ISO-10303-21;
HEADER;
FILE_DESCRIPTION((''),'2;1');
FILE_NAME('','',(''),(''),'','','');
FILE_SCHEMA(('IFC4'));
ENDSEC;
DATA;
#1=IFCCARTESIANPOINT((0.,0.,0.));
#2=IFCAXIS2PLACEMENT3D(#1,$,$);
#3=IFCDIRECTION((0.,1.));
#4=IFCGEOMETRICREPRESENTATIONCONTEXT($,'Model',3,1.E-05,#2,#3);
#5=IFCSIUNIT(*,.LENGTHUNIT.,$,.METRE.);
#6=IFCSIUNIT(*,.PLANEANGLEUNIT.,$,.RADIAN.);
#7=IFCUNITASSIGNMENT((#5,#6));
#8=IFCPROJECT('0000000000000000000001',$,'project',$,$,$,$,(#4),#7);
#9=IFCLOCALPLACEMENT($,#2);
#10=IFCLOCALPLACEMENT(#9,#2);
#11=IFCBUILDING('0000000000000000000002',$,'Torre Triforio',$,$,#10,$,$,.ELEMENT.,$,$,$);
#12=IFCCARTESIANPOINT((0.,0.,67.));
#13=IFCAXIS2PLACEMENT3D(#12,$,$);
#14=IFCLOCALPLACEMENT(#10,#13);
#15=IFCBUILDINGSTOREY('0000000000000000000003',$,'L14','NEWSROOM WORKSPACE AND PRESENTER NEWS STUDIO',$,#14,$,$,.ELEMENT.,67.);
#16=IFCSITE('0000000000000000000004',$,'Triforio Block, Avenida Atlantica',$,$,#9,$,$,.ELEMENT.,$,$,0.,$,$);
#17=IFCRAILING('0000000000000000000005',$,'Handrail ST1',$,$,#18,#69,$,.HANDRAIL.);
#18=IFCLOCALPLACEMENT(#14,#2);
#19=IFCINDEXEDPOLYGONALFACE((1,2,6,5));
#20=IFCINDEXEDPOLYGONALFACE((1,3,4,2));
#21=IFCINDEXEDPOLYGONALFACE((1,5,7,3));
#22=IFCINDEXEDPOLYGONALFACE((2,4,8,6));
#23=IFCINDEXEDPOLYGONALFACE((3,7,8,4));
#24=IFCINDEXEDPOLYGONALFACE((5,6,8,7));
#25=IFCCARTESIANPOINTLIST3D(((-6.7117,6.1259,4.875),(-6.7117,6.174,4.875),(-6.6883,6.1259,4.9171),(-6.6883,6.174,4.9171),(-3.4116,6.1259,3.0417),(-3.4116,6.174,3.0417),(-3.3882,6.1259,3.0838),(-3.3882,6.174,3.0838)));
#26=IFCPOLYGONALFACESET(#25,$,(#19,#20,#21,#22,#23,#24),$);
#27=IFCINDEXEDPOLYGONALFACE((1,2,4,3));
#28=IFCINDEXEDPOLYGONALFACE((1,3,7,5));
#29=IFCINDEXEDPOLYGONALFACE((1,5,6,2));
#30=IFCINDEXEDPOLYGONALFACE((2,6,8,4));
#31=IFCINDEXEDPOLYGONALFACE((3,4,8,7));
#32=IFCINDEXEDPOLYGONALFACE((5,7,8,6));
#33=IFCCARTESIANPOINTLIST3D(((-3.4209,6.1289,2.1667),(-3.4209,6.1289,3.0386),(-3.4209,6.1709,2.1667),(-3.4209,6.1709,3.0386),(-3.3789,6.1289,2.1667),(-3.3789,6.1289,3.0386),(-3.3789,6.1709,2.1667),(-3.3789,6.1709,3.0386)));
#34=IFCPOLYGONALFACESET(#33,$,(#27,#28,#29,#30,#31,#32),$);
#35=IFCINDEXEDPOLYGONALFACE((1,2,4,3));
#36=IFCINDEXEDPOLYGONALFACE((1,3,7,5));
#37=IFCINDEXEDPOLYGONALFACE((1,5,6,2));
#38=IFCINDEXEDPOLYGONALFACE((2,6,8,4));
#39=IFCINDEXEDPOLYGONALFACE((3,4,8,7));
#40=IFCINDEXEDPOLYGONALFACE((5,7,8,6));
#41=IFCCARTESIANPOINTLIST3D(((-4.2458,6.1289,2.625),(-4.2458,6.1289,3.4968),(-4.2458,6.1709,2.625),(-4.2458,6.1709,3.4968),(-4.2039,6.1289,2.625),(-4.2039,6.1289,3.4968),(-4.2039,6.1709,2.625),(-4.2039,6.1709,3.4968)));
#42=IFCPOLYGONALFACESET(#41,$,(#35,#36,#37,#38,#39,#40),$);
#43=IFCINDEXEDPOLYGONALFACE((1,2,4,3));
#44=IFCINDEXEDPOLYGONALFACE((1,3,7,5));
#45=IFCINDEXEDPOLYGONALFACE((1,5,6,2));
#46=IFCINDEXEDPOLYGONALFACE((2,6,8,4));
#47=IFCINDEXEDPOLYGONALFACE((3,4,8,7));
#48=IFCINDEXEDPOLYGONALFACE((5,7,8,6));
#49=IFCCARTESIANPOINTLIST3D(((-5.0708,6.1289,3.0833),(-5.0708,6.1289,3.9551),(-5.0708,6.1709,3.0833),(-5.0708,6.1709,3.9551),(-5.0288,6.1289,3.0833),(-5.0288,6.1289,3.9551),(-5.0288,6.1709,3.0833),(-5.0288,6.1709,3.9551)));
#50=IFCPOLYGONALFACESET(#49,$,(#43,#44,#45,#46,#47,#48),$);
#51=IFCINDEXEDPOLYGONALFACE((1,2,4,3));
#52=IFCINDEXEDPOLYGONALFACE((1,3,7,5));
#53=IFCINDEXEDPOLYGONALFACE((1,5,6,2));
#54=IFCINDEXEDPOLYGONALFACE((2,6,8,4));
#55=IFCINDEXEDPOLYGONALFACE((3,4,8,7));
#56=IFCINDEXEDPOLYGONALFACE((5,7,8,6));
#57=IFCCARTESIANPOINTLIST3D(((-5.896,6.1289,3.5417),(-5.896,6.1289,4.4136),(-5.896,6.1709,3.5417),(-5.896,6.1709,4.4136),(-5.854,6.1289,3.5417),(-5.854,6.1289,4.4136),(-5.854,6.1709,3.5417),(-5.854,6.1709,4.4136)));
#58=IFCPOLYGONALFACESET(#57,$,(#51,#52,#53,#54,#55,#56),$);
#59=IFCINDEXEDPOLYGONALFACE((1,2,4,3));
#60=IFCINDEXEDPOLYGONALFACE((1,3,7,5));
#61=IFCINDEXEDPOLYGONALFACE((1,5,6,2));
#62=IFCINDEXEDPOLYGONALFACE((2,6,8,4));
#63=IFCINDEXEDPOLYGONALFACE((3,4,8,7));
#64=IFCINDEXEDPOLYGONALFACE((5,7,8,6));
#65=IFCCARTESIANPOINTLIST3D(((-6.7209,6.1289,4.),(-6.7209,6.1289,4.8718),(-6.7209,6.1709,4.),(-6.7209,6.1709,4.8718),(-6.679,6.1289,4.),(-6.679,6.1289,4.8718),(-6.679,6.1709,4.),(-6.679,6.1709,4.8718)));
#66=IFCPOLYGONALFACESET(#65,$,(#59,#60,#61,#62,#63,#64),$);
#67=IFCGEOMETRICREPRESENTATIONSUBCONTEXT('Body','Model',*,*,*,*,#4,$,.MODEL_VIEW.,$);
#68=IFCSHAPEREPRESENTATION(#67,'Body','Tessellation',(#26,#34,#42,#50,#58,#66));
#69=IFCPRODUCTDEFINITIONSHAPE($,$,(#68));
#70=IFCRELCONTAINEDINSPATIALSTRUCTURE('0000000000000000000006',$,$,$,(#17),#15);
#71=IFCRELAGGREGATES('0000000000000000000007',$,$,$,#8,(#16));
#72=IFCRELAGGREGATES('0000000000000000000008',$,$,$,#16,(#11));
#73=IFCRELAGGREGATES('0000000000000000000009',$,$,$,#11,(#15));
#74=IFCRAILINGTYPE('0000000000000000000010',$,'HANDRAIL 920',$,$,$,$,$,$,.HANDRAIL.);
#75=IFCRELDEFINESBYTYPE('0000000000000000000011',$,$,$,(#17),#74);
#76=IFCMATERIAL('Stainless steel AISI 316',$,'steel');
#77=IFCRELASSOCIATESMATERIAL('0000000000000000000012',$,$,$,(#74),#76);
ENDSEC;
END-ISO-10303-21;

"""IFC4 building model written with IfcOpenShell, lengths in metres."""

from ifc_helpers import new_model, si_unit, direction, frame, origin, origin_2d, place, context, subcontext, project, spatial, rectangle, extrude, material, type_object, element, save


model = new_model("IFC4")

# Units and contexts
model_context = context("Model", 3, precision=1e-05, world=origin(), true_north=direction((0.0, 1.0)))
body_context = subcontext(model_context, "Body", "Model", "MODEL_VIEW")
ifc_project = project(units=[si_unit("LENGTHUNIT", "METRE"), si_unit("PLANEANGLEUNIT", "RADIAN")], contexts=[model_context])

# Site, building, storey
site_placement = place(None, origin())
site = spatial("IfcSite", under=ifc_project, at=site_placement, Name="Triforio Block, Avenida Atlantica", CompositionType="ELEMENT", RefElevation=0.0)
building_placement = place(site_placement, origin())
building = spatial("IfcBuilding", under=site, at=building_placement, Name="Torre Triforio", CompositionType="ELEMENT")
storey_placement = place(building_placement, frame((0.0, 0.0, 67.0)))
storey = spatial("IfcBuildingStorey", under=building, at=storey_placement, Name="L14", Description="NEWSROOM WORKSPACE AND PRESENTER NEWS STUDIO", CompositionType="ELEMENT", Elevation=67.0)

# Railing
ifc_material_1 = material(Name="Stainless steel AISI 316", Category="steel")
railing_type = type_object("IfcRailingType", Name="HANDRAIL 920", PredefinedType="HANDRAIL", material=ifc_material_1)
for number, where, name in (
    (1, (-3.3999, 6.1499, 2.1667), "Handrail ST1"),
):
    element("IfcRailing", number, at=place(storey_placement, frame(where)), inside=storey, type_object=railing_type, Name=name, PredefinedType="HANDRAIL", context=body_context, shape_type="SweptSolid", body=[
        extrude(rectangle(XDim=0.0481, YDim=0.0481, at=origin_2d()), frame((0.0, 0.0, 0.896), z_axis=(-0.874169, 0.0, 0.485621), x_axis=(0.0, -1.0, 0.0)), (0.0, 0.0, 1.0), 3.7751),
        extrude(rectangle(XDim=0.042, YDim=0.042, at=origin_2d()), origin(), (0.0, 0.0, 1.0), 0.8718),
        extrude(rectangle(XDim=0.042, YDim=0.042, at=origin_2d()), frame((-0.825, 0.0, 0.4583)), (0.0, 0.0, 1.0), 0.8718),
        extrude(rectangle(XDim=0.042, YDim=0.042, at=origin_2d()), frame((-1.6499, 0.0, 0.9165)), (0.0, 0.0, 1.0), 0.8718),
        extrude(rectangle(XDim=0.042, YDim=0.042, at=origin_2d()), frame((-2.4751, 0.0, 1.375)), (0.0, 0.0, 1.0), 0.8718),
        extrude(rectangle(XDim=0.042, YDim=0.042, at=origin_2d()), frame((-3.3, 0.0, 1.8333)), (0.0, 0.0, 1.0), 0.8718),
    ])

save(model, "model.ifc")
